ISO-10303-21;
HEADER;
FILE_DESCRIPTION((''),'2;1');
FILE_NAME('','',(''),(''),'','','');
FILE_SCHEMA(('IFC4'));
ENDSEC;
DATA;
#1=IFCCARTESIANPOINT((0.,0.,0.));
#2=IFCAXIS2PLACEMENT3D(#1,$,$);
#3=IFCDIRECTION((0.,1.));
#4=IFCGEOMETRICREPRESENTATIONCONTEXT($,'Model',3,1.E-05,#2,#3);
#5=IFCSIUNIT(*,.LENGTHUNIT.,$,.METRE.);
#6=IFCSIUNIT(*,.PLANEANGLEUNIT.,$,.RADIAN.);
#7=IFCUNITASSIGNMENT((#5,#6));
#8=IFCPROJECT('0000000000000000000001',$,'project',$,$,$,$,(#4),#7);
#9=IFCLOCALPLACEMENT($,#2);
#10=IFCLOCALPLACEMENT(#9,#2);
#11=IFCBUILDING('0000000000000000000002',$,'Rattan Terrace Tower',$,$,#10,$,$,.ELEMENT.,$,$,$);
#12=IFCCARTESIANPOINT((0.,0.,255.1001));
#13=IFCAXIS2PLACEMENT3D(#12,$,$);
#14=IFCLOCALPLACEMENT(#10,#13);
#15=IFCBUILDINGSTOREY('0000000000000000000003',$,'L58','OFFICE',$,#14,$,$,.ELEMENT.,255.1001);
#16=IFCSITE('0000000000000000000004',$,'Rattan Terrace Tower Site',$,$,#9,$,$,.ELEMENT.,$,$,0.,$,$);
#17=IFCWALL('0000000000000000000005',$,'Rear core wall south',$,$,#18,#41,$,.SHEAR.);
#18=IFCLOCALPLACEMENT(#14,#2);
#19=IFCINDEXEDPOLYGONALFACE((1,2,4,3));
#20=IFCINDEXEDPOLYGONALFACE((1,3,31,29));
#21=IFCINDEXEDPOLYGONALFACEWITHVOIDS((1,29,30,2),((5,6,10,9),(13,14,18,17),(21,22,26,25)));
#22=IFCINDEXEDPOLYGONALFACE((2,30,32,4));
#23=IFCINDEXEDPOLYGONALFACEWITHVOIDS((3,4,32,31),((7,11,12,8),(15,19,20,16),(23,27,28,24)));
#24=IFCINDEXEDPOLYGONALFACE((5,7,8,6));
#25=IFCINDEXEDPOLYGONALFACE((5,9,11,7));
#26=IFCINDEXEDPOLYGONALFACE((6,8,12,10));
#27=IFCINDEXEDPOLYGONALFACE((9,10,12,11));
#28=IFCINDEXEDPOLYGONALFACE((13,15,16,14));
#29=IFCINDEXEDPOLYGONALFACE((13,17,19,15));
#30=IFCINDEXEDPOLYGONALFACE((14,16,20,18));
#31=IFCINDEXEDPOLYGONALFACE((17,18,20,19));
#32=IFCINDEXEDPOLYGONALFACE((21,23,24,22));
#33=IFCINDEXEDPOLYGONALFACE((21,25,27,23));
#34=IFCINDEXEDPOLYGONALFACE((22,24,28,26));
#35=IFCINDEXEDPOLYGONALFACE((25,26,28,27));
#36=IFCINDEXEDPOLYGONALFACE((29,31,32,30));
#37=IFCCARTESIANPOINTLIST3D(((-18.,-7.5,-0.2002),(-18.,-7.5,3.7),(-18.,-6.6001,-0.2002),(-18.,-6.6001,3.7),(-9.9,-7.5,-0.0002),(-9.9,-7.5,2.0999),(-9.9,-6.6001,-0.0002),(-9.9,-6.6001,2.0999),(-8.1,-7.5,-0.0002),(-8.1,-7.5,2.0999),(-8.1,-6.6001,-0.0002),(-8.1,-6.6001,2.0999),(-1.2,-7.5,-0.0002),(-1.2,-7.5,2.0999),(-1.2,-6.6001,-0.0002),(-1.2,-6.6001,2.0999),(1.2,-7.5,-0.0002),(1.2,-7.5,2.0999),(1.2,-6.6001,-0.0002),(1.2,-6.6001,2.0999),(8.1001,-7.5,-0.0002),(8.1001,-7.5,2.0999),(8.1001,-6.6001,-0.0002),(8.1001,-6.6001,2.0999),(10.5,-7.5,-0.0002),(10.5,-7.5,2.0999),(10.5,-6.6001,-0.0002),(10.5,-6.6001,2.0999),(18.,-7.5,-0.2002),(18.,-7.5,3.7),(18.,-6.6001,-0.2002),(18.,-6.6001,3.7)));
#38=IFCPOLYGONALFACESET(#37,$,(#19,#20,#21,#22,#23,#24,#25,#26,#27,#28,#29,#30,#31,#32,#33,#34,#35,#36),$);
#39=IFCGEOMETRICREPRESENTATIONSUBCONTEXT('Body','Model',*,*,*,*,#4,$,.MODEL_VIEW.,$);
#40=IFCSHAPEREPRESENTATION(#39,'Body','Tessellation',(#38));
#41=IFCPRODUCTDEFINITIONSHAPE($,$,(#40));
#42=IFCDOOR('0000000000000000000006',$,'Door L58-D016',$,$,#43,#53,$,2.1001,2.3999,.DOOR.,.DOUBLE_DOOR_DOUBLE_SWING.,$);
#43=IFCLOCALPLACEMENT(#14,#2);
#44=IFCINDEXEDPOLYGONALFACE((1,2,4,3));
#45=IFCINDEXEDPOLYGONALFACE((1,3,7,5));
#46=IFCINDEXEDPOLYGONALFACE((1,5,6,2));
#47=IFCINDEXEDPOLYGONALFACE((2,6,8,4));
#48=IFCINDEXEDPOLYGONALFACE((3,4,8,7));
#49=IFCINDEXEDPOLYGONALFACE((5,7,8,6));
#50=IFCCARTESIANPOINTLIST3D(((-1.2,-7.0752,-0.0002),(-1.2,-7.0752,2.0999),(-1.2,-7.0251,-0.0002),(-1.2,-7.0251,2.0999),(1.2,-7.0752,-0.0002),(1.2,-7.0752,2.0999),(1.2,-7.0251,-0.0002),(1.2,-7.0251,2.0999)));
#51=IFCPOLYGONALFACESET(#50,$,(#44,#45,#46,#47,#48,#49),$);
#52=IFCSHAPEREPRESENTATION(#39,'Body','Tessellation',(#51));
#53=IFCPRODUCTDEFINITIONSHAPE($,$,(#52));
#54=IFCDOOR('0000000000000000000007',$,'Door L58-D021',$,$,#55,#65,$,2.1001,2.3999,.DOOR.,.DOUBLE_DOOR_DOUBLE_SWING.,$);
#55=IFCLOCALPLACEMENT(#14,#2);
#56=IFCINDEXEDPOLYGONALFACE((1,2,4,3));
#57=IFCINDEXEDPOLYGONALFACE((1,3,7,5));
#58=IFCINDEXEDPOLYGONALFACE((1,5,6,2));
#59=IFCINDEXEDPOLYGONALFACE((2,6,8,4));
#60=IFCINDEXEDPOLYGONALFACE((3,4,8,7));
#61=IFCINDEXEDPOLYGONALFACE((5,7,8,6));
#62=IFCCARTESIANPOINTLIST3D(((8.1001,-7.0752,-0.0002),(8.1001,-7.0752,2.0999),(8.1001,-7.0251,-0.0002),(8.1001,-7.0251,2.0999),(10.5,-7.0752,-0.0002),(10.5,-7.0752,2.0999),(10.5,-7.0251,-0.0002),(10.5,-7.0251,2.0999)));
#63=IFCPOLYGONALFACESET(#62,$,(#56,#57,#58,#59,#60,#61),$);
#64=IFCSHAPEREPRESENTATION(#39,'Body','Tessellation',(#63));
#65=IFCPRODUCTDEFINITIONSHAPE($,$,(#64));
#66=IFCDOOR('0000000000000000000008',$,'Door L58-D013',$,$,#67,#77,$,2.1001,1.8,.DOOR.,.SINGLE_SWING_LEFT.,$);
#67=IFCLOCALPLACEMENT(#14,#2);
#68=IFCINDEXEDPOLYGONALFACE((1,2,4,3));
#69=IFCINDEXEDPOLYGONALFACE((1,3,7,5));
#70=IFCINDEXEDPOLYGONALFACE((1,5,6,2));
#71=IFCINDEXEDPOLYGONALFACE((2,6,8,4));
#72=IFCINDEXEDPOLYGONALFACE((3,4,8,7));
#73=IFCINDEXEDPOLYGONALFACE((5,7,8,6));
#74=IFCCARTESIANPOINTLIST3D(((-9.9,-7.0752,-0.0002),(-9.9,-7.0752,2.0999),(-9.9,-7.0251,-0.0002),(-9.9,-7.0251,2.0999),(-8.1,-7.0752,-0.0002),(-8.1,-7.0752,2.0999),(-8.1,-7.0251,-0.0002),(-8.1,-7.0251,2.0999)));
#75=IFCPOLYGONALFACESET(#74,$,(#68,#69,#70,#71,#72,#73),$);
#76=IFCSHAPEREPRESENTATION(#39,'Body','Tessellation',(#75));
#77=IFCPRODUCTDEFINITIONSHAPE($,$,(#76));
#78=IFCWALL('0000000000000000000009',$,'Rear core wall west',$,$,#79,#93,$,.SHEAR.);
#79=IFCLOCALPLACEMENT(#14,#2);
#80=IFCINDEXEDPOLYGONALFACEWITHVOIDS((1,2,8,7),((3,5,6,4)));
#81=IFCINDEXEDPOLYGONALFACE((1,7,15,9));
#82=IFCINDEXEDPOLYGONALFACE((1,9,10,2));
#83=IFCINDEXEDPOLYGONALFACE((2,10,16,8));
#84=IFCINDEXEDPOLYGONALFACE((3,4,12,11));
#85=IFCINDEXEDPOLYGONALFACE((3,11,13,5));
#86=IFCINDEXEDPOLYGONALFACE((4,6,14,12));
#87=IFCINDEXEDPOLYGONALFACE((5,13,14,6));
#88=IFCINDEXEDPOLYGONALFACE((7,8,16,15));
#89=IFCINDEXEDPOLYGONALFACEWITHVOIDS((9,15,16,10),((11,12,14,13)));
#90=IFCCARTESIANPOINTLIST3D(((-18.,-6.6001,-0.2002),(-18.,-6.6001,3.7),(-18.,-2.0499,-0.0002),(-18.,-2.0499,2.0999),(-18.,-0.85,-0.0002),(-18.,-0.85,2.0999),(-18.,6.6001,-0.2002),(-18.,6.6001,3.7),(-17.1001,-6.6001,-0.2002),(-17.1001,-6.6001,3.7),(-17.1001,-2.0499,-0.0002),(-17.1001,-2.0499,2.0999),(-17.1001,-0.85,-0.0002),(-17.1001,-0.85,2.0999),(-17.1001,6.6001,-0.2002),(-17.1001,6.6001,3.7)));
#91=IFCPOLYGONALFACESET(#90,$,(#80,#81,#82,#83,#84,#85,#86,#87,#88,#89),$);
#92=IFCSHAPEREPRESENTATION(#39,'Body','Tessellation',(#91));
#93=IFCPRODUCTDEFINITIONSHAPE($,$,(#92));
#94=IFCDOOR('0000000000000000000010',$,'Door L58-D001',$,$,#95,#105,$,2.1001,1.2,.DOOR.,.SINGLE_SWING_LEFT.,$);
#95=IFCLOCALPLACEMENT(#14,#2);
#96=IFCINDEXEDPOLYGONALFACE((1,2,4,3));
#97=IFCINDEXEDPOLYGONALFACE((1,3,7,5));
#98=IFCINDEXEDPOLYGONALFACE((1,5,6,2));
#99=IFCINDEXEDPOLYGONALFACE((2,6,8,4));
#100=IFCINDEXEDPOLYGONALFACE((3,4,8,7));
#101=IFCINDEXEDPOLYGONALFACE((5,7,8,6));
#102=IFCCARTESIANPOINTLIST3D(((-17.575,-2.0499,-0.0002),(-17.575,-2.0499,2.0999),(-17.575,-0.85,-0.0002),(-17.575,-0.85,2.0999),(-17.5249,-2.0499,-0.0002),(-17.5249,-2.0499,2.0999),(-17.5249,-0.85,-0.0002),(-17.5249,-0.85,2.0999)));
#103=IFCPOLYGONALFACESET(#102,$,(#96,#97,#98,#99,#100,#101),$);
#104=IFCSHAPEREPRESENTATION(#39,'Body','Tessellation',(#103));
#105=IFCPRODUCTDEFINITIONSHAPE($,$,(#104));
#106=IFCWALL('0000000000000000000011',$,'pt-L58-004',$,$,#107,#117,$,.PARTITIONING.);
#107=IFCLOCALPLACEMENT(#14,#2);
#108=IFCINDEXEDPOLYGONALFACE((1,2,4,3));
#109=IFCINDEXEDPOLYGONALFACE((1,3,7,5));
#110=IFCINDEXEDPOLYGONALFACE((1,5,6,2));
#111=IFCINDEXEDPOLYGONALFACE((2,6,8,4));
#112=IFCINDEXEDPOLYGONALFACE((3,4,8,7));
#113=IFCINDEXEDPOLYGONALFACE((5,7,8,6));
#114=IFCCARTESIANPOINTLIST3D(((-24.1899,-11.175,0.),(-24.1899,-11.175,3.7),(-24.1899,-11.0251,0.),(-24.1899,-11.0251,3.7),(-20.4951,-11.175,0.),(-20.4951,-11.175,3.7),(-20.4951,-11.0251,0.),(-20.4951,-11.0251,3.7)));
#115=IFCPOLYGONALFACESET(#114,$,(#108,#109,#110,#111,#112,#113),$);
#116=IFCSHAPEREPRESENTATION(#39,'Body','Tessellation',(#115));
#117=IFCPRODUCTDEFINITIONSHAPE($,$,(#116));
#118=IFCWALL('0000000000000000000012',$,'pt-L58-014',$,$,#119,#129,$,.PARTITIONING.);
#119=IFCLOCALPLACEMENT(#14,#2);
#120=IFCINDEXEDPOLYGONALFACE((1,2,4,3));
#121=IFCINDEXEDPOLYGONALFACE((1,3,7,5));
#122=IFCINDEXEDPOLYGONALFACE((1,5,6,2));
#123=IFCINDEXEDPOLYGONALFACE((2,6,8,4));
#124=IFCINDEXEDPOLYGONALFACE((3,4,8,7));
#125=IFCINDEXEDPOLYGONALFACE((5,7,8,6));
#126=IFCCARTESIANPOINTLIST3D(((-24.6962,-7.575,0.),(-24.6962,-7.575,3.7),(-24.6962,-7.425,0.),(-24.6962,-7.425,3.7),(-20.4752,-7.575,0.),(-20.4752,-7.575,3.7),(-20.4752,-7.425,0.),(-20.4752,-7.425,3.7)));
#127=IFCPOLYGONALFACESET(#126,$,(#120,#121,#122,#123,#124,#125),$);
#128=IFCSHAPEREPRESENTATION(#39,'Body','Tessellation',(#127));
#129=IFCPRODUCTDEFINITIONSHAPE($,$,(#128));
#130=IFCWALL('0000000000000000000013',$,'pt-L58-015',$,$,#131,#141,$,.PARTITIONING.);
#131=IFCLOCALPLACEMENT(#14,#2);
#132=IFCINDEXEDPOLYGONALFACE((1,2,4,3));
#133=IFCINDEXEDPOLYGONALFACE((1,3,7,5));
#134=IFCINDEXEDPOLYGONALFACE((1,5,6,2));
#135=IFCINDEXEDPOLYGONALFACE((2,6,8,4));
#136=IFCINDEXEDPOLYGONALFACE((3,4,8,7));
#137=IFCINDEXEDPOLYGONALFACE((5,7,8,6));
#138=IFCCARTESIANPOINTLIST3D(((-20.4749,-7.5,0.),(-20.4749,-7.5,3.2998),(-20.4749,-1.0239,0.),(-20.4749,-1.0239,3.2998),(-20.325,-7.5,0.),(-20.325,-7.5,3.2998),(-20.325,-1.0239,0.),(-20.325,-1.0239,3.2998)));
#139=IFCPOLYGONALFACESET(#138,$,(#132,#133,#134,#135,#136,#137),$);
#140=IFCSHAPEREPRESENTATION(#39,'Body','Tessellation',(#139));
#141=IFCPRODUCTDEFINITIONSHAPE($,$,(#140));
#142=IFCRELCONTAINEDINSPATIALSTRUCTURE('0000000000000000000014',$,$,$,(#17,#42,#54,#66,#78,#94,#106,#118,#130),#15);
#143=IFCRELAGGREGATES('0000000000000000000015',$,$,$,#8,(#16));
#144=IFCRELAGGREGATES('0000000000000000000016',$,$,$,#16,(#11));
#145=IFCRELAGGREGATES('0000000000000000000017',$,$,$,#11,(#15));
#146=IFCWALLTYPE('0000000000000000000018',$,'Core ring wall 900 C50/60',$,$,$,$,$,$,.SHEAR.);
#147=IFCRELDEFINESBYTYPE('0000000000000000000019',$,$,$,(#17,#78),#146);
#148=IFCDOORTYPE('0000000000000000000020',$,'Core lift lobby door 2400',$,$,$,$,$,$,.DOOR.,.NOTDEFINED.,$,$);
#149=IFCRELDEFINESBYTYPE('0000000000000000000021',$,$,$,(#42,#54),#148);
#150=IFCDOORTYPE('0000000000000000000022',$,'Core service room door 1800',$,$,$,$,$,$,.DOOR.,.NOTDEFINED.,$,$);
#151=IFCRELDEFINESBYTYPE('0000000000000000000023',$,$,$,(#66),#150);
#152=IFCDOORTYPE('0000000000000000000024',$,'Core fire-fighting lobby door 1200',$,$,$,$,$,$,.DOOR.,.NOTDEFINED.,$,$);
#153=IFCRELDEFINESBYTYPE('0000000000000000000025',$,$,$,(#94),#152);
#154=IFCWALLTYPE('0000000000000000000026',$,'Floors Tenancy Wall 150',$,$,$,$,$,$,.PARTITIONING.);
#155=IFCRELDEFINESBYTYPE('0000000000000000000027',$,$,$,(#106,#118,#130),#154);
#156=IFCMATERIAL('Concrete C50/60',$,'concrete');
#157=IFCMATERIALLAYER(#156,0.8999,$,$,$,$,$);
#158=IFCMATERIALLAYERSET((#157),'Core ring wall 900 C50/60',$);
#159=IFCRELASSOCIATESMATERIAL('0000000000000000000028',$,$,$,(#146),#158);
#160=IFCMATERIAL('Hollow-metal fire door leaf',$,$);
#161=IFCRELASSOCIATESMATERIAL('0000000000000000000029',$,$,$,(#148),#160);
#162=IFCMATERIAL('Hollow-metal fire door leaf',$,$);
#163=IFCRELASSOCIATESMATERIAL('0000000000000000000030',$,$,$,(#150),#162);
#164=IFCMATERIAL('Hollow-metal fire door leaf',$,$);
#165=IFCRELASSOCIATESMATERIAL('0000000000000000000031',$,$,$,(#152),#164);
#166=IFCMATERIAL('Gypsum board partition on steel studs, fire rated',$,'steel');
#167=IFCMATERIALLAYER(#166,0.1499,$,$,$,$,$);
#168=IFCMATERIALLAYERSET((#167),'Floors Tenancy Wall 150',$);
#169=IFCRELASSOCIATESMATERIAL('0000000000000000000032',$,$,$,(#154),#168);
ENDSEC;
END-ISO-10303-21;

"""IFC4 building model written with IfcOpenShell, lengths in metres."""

from ifc_helpers import new_model, si_unit, direction, frame, frame_2d, origin, place, context, subcontext, project, spatial, rectangle, extrude, material, layer, layer_set, type_object, element, fill, save


model = new_model("IFC4")

# Units and contexts
model_context = context("Model", 3, precision=1e-05, world=origin(), true_north=direction((0.0, 1.0)))
body_context = subcontext(model_context, "Body", "Model", "MODEL_VIEW")
ifc_project = project(units=[si_unit("LENGTHUNIT", "METRE"), si_unit("PLANEANGLEUNIT", "RADIAN")], contexts=[model_context])

# Site, building, storey
site_placement = place(None, origin())
site = spatial("IfcSite", under=ifc_project, at=site_placement, Name="Rattan Terrace Tower Site", CompositionType="ELEMENT", RefElevation=0.0)
building_placement = place(site_placement, origin())
building = spatial("IfcBuilding", under=site, at=building_placement, Name="Rattan Terrace Tower", CompositionType="ELEMENT")
storey_placement = place(building_placement, frame((0.0, 0.0, 255.1001)))
storey = spatial("IfcBuildingStorey", under=building, at=storey_placement, Name="L58", Description="OFFICE", CompositionType="ELEMENT", Elevation=255.1001)

# Wall, openings, doors
ifc_material_1 = material(Name="Concrete C50/60", Category="concrete")
ifc_layer_1 = layer(ifc_material_1, 0.8999)
ifc_layer_set_1 = layer_set([ifc_layer_1], Name="Core ring wall 900 C50/60")
wall_type_1 = type_object("IfcWallType", Name="Core ring wall 900 C50/60", PredefinedType="SHEAR", material=ifc_layer_set_1)
wall_1_placement = place(storey_placement, frame((-18.0, -7.05, -0.2002), z_axis=(0.0, 0.0, 1.0), x_axis=(1.0, 0.0, 0.0)))
wall_1 = element("IfcWall", 1, at=wall_1_placement, inside=storey, type_object=wall_type_1, Name="Rear core wall south", PredefinedType="SHEAR", context=body_context, shape_type="SweptSolid", body=[
    extrude(rectangle(XDim=36.0, YDim=0.8999, at=frame_2d((18.0, 0.0))), origin(), (0.0, 0.0, 1.0), 3.9001),
])
opening_1_placement = place(wall_1_placement, frame((8.1001, 0.0, 0.2)))
opening_1 = element("IfcOpeningElement", 2, at=opening_1_placement, cuts=wall_1, PredefinedType="OPENING", context=body_context, shape_type="SweptSolid", body=[
    extrude(rectangle(XDim=1.8, YDim=2.1001, at=frame_2d((0.8999, 1.05))), frame((0.0, 0.4604, 0.0), z_axis=(0.0, -1.0, 0.0), x_axis=(1.0, 0.0, 0.0)), (0.0, 0.0, 1.0), 0.9209),
])
opening_2_placement = place(wall_1_placement, frame((16.8, 0.0, 0.2)))
opening_2 = element("IfcOpeningElement", 3, at=opening_2_placement, cuts=wall_1, PredefinedType="OPENING", context=body_context, shape_type="SweptSolid", body=[
    extrude(rectangle(XDim=2.3999, YDim=2.1001, at=frame_2d((1.2, 1.05))), frame((0.0, 0.4604, 0.0), z_axis=(0.0, -1.0, 0.0), x_axis=(1.0, 0.0, 0.0)), (0.0, 0.0, 1.0), 0.9209),
])
opening_3_placement = place(wall_1_placement, frame((26.1001, 0.0, 0.2)))
opening_3 = element("IfcOpeningElement", 4, at=opening_3_placement, cuts=wall_1, PredefinedType="OPENING", context=body_context, shape_type="SweptSolid", body=[
    extrude(rectangle(XDim=2.3999, YDim=2.1001, at=frame_2d((1.2, 1.05))), frame((0.0, 0.4604, 0.0), z_axis=(0.0, -1.0, 0.0), x_axis=(1.0, 0.0, 0.0)), (0.0, 0.0, 1.0), 0.9209),
])
ifc_material_2 = material(Name="Hollow-metal fire door leaf")
door_type_1 = type_object("IfcDoorType", Name="Core lift lobby door 2400", OperationType="NOTDEFINED", PredefinedType="DOOR", material=ifc_material_2)
door_1_placement = place(opening_2_placement, origin())
door_1 = element("IfcDoor", 5, at=door_1_placement, inside=storey, type_object=door_type_1, Name="Door L58-D016", OperationType="DOUBLE_DOOR_DOUBLE_SWING", OverallHeight=2.1001, OverallWidth=2.3999, PredefinedType="DOOR", context=body_context, shape_type="SweptSolid", body=[
    extrude(rectangle(XDim=2.3999, YDim=2.1001, at=frame_2d((1.2, 1.05))), frame((0.0, 0.0249, 0.0), z_axis=(0.0, -1.0, 0.0), x_axis=(1.0, 0.0, 0.0)), (0.0, 0.0, 1.0), 0.05),
])
fill(opening_2, door_1)
door_2_placement = place(opening_3_placement, origin())
door_2 = element("IfcDoor", 6, at=door_2_placement, inside=storey, type_object=door_type_1, Name="Door L58-D021", OperationType="DOUBLE_DOOR_DOUBLE_SWING", OverallHeight=2.1001, OverallWidth=2.3999, PredefinedType="DOOR", context=body_context, shape_type="SweptSolid", body=[
    extrude(rectangle(XDim=2.3999, YDim=2.1001, at=frame_2d((1.2, 1.05))), frame((0.0, 0.0249, 0.0), z_axis=(0.0, -1.0, 0.0), x_axis=(1.0, 0.0, 0.0)), (0.0, 0.0, 1.0), 0.05),
])
fill(opening_3, door_2)
ifc_material_3 = material(Name="Hollow-metal fire door leaf")
door_type_2 = type_object("IfcDoorType", Name="Core service room door 1800", OperationType="NOTDEFINED", PredefinedType="DOOR", material=ifc_material_3)
door_3_placement = place(opening_1_placement, origin())
door_3 = element("IfcDoor", 7, at=door_3_placement, inside=storey, type_object=door_type_2, Name="Door L58-D013", OperationType="SINGLE_SWING_LEFT", OverallHeight=2.1001, OverallWidth=1.8, PredefinedType="DOOR", context=body_context, shape_type="SweptSolid", body=[
    extrude(rectangle(XDim=1.8, YDim=2.1001, at=frame_2d((0.8999, 1.05))), frame((0.0, 0.0249, 0.0), z_axis=(0.0, -1.0, 0.0), x_axis=(1.0, 0.0, 0.0)), (0.0, 0.0, 1.0), 0.05),
])
fill(opening_1, door_3)

# Wall, opening, door
wall_2_placement = place(storey_placement, frame((-17.55, -6.6001, -0.2002), z_axis=(0.0, 0.0, 1.0), x_axis=(0.0, 1.0, 0.0)))
wall_2 = element("IfcWall", 8, at=wall_2_placement, inside=storey, type_object=wall_type_1, Name="Rear core wall west", PredefinedType="SHEAR", context=body_context, shape_type="SweptSolid", body=[
    extrude(rectangle(XDim=13.2002, YDim=0.8999, at=frame_2d((6.6001, 0.0))), origin(), (0.0, 0.0, 1.0), 3.9001),
])
opening_4_placement = place(wall_2_placement, frame((4.55, 0.0, 0.2)))
opening_4 = element("IfcOpeningElement", 9, at=opening_4_placement, cuts=wall_2, PredefinedType="OPENING", context=body_context, shape_type="SweptSolid", body=[
    extrude(rectangle(XDim=1.2, YDim=2.1001, at=frame_2d((0.6001, 1.05))), frame((0.0, 0.4604, 0.0), z_axis=(0.0, -1.0, 0.0), x_axis=(1.0, 0.0, 0.0)), (0.0, 0.0, 1.0), 0.9209),
])
ifc_material_4 = material(Name="Hollow-metal fire door leaf")
door_type_3 = type_object("IfcDoorType", Name="Core fire-fighting lobby door 1200", OperationType="NOTDEFINED", PredefinedType="DOOR", material=ifc_material_4)
door_4_placement = place(opening_4_placement, origin())
door_4 = element("IfcDoor", 10, at=door_4_placement, inside=storey, type_object=door_type_3, Name="Door L58-D001", OperationType="SINGLE_SWING_LEFT", OverallHeight=2.1001, OverallWidth=1.2, PredefinedType="DOOR", context=body_context, shape_type="SweptSolid", body=[
    extrude(rectangle(XDim=1.2, YDim=2.1001, at=frame_2d((0.6001, 1.05))), frame((0.0, 0.0249, 0.0), z_axis=(0.0, -1.0, 0.0), x_axis=(1.0, 0.0, 0.0)), (0.0, 0.0, 1.0), 0.05),
])
fill(opening_4, door_4)

# Walls
ifc_material_5 = material(Name="Gypsum board partition on steel studs, fire rated", Category="steel")
ifc_layer_2 = layer(ifc_material_5, 0.1499)
ifc_layer_set_2 = layer_set([ifc_layer_2], Name="Floors Tenancy Wall 150")
wall_type_2 = type_object("IfcWallType", Name="Floors Tenancy Wall 150", PredefinedType="PARTITIONING", material=ifc_layer_set_2)
wall_3_placement = place(storey_placement, frame((-20.4951, -11.1001, 0.0), z_axis=(0.0, 0.0, 1.0), x_axis=(-1.0, 0.0, 0.0)))
element("IfcWall", 11, at=wall_3_placement, inside=storey, type_object=wall_type_2, Name="pt-L58-004", PredefinedType="PARTITIONING", context=body_context, shape_type="SweptSolid", body=[
    extrude(rectangle(XDim=3.6948, YDim=0.1499, at=frame_2d((1.8474, 0.0))), origin(), (0.0, 0.0, 1.0), 3.7),
])
wall_4_placement = place(storey_placement, frame((-24.696, -7.5, 0.0), z_axis=(0.0, 0.0, 1.0), x_axis=(1.0, 0.0, 0.0)))
element("IfcWall", 12, at=wall_4_placement, inside=storey, type_object=wall_type_2, Name="pt-L58-014", PredefinedType="PARTITIONING", context=body_context, shape_type="SweptSolid", body=[
    extrude(rectangle(XDim=4.2209, YDim=0.1499, at=frame_2d((2.1104, 0.0))), origin(), (0.0, 0.0, 1.0), 3.7),
])
wall_5_placement = place(storey_placement, frame((-20.3999, -7.5, 0.0), z_axis=(0.0, 0.0, 1.0), x_axis=(0.0, 1.0, 0.0)))
element("IfcWall", 13, at=wall_5_placement, inside=storey, type_object=wall_type_2, Name="pt-L58-015", PredefinedType="PARTITIONING", context=body_context, shape_type="SweptSolid", body=[
    extrude(rectangle(XDim=6.4761, YDim=0.1499, at=frame_2d((3.238, 0.0))), origin(), (0.0, 0.0, 1.0), 3.2998),
])

save(model, "model.ifc")
